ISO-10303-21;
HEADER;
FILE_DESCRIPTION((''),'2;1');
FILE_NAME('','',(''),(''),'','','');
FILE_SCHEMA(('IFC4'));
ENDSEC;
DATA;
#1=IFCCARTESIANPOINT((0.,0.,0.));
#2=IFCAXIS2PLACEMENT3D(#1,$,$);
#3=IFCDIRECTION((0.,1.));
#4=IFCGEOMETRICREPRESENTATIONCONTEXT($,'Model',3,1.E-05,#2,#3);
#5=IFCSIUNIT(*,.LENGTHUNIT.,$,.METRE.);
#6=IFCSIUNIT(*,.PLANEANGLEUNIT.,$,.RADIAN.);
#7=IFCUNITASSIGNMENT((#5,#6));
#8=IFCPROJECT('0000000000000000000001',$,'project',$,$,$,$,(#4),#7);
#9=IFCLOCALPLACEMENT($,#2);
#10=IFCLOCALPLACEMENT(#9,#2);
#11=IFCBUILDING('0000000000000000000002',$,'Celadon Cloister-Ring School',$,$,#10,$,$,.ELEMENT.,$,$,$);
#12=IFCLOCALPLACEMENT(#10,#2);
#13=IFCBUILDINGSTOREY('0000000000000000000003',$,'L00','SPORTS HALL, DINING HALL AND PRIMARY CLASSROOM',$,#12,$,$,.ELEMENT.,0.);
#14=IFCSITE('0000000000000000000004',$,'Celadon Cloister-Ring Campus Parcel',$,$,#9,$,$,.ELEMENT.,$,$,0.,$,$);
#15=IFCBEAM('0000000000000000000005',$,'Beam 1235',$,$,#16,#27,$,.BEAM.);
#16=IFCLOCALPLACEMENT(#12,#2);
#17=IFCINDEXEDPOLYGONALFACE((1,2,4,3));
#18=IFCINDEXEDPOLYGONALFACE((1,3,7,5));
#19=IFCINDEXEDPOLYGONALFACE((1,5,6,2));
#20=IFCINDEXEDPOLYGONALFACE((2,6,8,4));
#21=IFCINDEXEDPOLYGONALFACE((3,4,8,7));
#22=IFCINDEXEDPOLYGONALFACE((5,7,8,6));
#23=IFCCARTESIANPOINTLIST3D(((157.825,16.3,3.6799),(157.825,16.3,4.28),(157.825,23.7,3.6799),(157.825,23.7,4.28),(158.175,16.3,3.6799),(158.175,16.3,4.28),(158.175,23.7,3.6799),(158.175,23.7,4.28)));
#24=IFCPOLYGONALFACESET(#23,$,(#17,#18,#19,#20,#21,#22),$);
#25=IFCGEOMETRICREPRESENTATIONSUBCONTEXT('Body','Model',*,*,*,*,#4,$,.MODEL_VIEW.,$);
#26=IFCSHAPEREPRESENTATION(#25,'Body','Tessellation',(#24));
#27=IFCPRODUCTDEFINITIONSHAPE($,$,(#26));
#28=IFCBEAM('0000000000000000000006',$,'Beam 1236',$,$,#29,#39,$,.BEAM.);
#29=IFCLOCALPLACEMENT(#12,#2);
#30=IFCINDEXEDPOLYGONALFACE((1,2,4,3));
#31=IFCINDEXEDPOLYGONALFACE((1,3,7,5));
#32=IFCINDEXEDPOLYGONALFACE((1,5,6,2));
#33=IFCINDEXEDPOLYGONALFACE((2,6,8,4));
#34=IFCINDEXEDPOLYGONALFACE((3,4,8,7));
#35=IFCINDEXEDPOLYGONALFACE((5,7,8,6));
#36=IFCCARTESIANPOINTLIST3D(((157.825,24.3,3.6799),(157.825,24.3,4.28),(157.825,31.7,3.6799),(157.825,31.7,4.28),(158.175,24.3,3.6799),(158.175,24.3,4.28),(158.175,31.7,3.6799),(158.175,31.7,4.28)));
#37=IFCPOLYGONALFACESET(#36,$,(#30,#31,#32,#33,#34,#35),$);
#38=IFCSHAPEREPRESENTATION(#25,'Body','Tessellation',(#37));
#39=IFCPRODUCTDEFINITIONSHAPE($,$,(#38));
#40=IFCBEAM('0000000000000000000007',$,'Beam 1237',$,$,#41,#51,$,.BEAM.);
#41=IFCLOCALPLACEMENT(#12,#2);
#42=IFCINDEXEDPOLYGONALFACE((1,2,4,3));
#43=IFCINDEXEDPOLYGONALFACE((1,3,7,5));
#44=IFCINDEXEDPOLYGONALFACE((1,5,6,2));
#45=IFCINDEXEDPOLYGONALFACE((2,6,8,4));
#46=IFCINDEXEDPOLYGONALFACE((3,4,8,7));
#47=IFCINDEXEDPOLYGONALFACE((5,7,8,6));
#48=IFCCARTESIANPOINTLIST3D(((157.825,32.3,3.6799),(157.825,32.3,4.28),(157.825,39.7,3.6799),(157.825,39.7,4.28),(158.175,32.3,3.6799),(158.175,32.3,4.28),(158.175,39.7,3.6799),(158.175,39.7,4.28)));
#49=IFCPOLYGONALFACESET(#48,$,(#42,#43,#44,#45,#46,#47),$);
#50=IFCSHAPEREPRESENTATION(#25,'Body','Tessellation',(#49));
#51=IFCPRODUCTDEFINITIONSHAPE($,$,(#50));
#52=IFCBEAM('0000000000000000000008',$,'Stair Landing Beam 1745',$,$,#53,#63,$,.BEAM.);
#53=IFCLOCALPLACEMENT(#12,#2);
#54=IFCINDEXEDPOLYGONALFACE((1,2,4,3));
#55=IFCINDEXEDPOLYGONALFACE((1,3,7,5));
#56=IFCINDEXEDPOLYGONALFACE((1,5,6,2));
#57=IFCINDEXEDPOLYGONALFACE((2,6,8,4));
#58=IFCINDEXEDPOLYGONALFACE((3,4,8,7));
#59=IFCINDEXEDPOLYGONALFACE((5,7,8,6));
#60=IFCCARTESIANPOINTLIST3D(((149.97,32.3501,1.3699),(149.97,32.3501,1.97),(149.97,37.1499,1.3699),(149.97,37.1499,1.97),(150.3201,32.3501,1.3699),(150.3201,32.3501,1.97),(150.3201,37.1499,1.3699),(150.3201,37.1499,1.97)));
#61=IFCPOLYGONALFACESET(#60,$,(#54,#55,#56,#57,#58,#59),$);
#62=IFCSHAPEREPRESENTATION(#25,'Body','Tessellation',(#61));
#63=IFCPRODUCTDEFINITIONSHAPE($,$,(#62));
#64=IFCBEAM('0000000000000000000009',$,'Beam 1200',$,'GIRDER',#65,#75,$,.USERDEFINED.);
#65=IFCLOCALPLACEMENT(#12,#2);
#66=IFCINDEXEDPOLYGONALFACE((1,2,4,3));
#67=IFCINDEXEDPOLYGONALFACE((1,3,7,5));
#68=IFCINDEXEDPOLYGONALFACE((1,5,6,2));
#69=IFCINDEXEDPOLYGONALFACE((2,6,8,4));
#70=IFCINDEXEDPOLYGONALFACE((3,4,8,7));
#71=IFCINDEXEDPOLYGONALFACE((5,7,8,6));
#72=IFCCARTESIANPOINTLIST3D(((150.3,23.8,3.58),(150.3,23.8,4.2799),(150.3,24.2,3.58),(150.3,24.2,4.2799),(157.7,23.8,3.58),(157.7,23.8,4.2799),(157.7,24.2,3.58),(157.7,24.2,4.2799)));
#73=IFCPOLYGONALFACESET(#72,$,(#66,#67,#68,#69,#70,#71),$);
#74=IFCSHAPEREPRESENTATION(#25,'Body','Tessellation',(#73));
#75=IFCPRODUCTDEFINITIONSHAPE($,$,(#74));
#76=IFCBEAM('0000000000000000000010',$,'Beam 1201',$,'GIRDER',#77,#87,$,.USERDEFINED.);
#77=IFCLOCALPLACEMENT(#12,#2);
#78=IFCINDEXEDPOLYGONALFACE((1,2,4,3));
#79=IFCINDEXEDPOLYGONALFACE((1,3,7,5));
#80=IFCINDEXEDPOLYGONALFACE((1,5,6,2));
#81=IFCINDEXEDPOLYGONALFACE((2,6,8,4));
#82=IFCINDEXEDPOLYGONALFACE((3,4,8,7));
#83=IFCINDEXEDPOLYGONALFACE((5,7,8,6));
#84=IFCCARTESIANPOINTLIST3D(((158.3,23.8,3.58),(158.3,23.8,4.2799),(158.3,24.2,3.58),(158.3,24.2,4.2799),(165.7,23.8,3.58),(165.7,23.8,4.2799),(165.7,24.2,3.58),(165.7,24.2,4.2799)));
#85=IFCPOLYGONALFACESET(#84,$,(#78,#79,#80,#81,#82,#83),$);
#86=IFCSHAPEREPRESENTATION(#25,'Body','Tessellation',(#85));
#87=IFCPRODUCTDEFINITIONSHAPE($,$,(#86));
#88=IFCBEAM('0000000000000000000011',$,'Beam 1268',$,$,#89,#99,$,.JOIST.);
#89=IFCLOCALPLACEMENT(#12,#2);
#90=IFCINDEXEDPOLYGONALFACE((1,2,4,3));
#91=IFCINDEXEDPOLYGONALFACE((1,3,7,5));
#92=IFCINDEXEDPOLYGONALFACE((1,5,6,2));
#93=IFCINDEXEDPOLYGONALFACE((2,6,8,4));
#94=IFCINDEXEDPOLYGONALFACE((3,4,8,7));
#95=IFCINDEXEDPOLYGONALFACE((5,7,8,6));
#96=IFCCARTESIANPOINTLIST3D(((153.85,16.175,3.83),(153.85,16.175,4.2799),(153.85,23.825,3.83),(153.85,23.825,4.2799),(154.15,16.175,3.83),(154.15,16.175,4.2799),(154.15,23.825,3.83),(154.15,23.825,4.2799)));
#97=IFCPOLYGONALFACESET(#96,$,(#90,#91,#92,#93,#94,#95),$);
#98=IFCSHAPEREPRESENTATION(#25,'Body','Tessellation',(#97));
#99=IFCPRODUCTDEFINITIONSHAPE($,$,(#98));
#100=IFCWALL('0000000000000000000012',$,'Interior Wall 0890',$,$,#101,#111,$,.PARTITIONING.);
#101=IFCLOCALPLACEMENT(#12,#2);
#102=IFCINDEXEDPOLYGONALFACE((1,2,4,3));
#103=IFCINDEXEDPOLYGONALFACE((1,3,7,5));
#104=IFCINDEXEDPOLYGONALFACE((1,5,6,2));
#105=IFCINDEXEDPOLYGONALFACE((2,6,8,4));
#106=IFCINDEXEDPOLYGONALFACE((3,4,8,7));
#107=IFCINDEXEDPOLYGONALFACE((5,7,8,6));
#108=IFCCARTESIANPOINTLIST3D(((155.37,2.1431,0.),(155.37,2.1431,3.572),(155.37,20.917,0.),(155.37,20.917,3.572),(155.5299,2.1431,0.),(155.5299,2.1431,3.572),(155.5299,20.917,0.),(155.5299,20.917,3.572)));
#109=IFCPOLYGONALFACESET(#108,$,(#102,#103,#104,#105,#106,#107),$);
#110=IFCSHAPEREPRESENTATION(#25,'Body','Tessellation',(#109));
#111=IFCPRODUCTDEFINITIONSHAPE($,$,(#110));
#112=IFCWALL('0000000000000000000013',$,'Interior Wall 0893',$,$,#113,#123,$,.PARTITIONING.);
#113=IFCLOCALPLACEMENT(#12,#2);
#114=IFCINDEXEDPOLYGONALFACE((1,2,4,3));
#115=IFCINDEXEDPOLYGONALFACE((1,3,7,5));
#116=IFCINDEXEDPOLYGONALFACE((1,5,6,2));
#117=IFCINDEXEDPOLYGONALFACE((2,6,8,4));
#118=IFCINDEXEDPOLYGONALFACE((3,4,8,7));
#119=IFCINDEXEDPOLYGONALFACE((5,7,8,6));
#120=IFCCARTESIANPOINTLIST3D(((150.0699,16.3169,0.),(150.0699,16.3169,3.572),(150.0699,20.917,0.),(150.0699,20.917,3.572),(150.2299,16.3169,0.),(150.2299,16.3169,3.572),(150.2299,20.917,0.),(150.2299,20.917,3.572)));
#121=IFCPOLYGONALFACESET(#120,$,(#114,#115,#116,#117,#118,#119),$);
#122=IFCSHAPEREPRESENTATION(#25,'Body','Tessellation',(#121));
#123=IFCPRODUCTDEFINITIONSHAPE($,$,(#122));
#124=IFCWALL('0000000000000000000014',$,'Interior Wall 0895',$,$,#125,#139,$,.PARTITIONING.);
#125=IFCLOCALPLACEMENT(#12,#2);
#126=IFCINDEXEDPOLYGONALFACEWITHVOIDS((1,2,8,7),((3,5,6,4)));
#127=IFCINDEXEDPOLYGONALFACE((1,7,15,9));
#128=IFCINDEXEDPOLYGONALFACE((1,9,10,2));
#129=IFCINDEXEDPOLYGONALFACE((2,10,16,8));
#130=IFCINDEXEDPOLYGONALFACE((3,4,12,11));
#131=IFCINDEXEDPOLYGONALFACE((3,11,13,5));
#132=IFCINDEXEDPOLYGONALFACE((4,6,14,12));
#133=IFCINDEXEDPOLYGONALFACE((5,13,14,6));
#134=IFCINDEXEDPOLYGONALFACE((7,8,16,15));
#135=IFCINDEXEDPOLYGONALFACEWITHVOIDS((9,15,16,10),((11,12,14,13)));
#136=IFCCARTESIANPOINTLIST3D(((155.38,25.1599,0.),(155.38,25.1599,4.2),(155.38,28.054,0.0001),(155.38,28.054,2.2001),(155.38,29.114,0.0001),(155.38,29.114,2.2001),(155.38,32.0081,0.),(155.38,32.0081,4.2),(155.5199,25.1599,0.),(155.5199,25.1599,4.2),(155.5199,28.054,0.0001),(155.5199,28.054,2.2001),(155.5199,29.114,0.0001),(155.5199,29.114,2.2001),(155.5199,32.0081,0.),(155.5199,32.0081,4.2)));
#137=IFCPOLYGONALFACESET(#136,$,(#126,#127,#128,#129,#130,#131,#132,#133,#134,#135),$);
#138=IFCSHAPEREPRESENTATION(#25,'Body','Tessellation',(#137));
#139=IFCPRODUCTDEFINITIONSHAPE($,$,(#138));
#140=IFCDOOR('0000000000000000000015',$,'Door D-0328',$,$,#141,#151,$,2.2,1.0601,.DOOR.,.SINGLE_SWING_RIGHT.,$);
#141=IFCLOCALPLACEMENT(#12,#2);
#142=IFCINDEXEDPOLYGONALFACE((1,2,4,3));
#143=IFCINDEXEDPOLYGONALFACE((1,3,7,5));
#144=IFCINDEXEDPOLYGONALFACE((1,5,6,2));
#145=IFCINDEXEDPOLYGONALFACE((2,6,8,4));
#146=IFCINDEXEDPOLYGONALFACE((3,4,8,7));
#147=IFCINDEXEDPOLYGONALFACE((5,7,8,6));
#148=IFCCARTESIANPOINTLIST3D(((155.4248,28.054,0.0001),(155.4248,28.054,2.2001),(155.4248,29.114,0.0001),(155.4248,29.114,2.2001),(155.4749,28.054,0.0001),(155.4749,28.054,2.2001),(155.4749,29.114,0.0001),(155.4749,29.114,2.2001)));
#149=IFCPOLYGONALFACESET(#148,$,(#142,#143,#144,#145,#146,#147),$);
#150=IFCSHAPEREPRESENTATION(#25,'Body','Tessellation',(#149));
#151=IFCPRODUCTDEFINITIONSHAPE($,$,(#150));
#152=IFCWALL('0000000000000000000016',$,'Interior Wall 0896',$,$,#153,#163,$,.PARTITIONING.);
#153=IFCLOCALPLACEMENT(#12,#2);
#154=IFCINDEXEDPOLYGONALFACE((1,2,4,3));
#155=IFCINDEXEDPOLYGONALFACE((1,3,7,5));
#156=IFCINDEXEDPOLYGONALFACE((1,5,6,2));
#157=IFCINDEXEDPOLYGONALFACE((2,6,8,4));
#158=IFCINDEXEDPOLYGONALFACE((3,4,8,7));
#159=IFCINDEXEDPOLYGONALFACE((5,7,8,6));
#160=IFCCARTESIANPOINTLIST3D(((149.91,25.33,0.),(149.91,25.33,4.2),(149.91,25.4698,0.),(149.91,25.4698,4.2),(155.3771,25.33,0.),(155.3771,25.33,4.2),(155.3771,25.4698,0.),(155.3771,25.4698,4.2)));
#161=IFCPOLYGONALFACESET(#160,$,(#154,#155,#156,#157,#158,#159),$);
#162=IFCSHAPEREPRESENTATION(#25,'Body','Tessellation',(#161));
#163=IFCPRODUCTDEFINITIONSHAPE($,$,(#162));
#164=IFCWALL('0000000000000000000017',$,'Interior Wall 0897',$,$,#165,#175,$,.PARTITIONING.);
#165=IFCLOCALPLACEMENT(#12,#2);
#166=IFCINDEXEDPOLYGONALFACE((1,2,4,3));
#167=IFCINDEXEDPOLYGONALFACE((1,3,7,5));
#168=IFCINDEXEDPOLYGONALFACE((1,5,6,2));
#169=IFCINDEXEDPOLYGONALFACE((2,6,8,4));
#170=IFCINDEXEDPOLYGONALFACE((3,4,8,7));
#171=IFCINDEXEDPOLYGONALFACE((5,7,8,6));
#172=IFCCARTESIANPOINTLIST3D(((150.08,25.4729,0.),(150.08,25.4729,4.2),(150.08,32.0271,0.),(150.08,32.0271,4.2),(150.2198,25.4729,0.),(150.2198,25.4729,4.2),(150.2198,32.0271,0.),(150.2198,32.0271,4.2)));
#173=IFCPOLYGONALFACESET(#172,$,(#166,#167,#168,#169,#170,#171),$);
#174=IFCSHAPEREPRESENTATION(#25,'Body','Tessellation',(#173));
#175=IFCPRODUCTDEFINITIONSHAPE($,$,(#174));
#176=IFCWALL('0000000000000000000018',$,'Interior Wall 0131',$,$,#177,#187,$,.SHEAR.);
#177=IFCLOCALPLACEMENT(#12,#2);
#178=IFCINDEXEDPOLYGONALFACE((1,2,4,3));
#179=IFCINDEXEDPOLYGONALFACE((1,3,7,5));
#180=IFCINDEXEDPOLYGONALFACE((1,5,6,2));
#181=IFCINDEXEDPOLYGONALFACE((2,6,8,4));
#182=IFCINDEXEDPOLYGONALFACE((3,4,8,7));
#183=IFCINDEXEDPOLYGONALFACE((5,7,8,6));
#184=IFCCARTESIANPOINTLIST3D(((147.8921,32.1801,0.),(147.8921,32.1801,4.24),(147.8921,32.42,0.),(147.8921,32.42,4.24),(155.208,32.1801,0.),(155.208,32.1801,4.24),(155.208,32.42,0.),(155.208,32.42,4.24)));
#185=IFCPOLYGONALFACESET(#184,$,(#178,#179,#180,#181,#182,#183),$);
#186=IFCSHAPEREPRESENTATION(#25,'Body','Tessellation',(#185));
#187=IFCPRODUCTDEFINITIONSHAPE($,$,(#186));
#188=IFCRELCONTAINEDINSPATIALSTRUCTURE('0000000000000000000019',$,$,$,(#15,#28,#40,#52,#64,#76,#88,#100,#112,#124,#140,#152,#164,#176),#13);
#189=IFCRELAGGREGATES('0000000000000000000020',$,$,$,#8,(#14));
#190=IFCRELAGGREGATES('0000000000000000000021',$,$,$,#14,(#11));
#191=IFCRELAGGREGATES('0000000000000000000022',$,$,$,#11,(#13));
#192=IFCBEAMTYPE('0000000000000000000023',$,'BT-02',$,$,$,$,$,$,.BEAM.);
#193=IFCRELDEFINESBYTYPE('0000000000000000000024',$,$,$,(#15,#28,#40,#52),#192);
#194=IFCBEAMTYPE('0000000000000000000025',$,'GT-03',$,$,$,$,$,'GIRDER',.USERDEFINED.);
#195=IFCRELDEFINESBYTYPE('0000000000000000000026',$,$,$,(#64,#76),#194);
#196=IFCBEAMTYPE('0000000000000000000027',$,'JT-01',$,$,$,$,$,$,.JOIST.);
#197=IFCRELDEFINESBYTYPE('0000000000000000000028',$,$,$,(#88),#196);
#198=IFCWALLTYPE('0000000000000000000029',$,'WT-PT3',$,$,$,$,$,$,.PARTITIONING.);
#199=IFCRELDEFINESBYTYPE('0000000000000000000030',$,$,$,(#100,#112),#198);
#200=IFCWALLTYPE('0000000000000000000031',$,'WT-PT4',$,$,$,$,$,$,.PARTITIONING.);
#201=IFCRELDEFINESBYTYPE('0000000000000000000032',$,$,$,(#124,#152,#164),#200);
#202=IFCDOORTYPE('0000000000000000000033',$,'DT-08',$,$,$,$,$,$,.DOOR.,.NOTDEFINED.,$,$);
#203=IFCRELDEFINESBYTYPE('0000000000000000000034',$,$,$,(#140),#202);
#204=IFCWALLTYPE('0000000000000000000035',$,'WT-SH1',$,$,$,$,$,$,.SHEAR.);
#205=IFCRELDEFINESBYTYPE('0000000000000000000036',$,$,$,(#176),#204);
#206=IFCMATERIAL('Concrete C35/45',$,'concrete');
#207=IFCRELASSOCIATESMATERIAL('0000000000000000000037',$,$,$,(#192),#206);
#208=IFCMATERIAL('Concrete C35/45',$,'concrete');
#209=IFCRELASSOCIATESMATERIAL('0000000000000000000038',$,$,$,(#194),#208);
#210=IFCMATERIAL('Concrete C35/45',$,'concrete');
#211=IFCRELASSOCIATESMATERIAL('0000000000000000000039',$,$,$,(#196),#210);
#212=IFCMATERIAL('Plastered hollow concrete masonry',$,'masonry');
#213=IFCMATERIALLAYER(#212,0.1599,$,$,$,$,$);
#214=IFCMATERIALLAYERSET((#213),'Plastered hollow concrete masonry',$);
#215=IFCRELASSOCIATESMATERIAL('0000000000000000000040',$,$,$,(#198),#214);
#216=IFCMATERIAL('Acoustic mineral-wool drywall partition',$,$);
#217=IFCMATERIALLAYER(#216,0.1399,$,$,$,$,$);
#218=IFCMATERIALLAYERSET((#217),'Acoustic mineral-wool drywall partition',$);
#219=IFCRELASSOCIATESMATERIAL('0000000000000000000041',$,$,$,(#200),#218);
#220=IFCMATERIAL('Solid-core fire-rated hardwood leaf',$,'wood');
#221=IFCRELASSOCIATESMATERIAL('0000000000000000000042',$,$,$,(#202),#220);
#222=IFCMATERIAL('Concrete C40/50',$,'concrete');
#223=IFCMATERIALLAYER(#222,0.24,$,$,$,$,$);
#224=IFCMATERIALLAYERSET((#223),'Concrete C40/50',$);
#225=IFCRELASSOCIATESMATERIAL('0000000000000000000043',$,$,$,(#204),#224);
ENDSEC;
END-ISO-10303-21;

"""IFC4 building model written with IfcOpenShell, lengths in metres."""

from ifc_helpers import new_model, si_unit, direction, frame, frame_2d, origin, origin_2d, place, context, subcontext, project, spatial, rectangle, extrude, material, layer, layer_set, material_profile, profile_set, type_object, element, fill, save


model = new_model("IFC4")

# Units and contexts
model_context = context("Model", 3, precision=1e-05, world=origin(), true_north=direction((0.0, 1.0)))
body_context = subcontext(model_context, "Body", "Model", "MODEL_VIEW")
ifc_project = project(units=[si_unit("LENGTHUNIT", "METRE"), si_unit("PLANEANGLEUNIT", "RADIAN")], contexts=[model_context])

# Site, building, storey
site_placement = place(None, origin())
site = spatial("IfcSite", under=ifc_project, at=site_placement, Name="Celadon Cloister-Ring Campus Parcel", CompositionType="ELEMENT", RefElevation=0.0)
building_placement = place(site_placement, origin())
building = spatial("IfcBuilding", under=site, at=building_placement, Name="Celadon Cloister-Ring School", CompositionType="ELEMENT")
storey_placement = place(building_placement, origin())
storey = spatial("IfcBuildingStorey", under=building, at=storey_placement, Name="L00", Description="SPORTS HALL, DINING HALL AND PRIMARY CLASSROOM", CompositionType="ELEMENT", Elevation=0.0)

# Beams
ifc_material_1 = material(Name="Concrete C35/45", Category="concrete")
ifc_material_profile_1 = material_profile(ifc_material_1, rectangle(XDim=0.3501, YDim=0.6001, at=origin_2d()), Name="RC350X600")
ifc_profile_set_1 = profile_set([ifc_material_profile_1], Name="Concrete C35/45")
beam_type_1 = type_object("IfcBeamType", Name="BT-02", PredefinedType="BEAM", material=ifc_profile_set_1)
for number, where, z_axis, x_axis, name in (
    (1, (158.0, 16.3, 3.98), (0.0, 1.0, 0.0), (-1.0, 0.0, 0.0), "Beam 1235"),
    (2, (158.0, 24.3, 3.98), (0.0, 1.0, 0.0), (-1.0, 0.0, 0.0), "Beam 1236"),
    (3, (158.0, 32.3, 3.98), (0.0, 1.0, 0.0), (-1.0, 0.0, 0.0), "Beam 1237"),
):
    element("IfcBeam", number, at=place(storey_placement, frame(where, z_axis=z_axis, x_axis=x_axis)), inside=storey, type_object=beam_type_1, Name=name, PredefinedType="BEAM", context=body_context, shape_type="SweptSolid", body=[
        extrude(rectangle(XDim=0.3501, YDim=0.6001, at=origin_2d()), origin(), (0.0, 0.0, 1.0), 7.3999),
    ])
beam_1_placement = place(storey_placement, frame((150.145, 32.3501, 1.6699), z_axis=(0.0, 1.0, 0.0), x_axis=(-1.0, 0.0, 0.0)))
element("IfcBeam", 4, at=beam_1_placement, inside=storey, type_object=beam_type_1, Name="Stair Landing Beam 1745", PredefinedType="BEAM", context=body_context, shape_type="SweptSolid", body=[
    extrude(rectangle(XDim=0.3501, YDim=0.6001, at=origin_2d()), origin(), (0.0, 0.0, 1.0), 4.7998),
])
ifc_material_2 = material(Name="Concrete C35/45", Category="concrete")
ifc_material_profile_2 = material_profile(ifc_material_2, rectangle(XDim=0.3999, YDim=0.7, at=origin_2d()), Name="RC400X700")
ifc_profile_set_2 = profile_set([ifc_material_profile_2], Name="Concrete C35/45")
beam_type_2 = type_object("IfcBeamType", Name="GT-03", ElementType="GIRDER", PredefinedType="USERDEFINED", material=ifc_profile_set_2)
for number, where, z_axis, x_axis, name in (
    (5, (150.3, 24.0, 3.9299), (1.0, 0.0, 0.0), (0.0, 1.0, 0.0), "Beam 1200"),
    (6, (158.3, 24.0, 3.9299), (1.0, 0.0, 0.0), (0.0, 1.0, 0.0), "Beam 1201"),
):
    element("IfcBeam", number, at=place(storey_placement, frame(where, z_axis=z_axis, x_axis=x_axis)), inside=storey, type_object=beam_type_2, Name=name, ObjectType="GIRDER", PredefinedType="USERDEFINED", context=body_context, shape_type="SweptSolid", body=[
        extrude(rectangle(XDim=0.3999, YDim=0.7, at=origin_2d()), origin(), (0.0, 0.0, 1.0), 7.3999),
    ])
ifc_material_3 = material(Name="Concrete C35/45", Category="concrete")
ifc_material_profile_3 = material_profile(ifc_material_3, rectangle(XDim=0.3, YDim=0.45, at=origin_2d()), Name="RC300X450")
ifc_profile_set_3 = profile_set([ifc_material_profile_3], Name="Concrete C35/45")
beam_type_3 = type_object("IfcBeamType", Name="JT-01", PredefinedType="JOIST", material=ifc_profile_set_3)
beam_2_placement = place(storey_placement, frame((154.0, 16.175, 4.0549), z_axis=(0.0, 1.0, 0.0), x_axis=(-1.0, 0.0, 0.0)))
element("IfcBeam", 7, at=beam_2_placement, inside=storey, type_object=beam_type_3, Name="Beam 1268", PredefinedType="JOIST", context=body_context, shape_type="SweptSolid", body=[
    extrude(rectangle(XDim=0.3, YDim=0.45, at=origin_2d()), origin(), (0.0, 0.0, 1.0), 7.6499),
])

# Walls
ifc_material_4 = material(Name="Plastered hollow concrete masonry", Category="masonry")
ifc_layer_1 = layer(ifc_material_4, 0.1599)
ifc_layer_set_1 = layer_set([ifc_layer_1], Name="Plastered hollow concrete masonry")
wall_type_1 = type_object("IfcWallType", Name="WT-PT3", PredefinedType="PARTITIONING", material=ifc_layer_set_1)
wall_1_placement = place(storey_placement, frame((155.45, 20.917, 0.0), z_axis=(0.0, 0.0, 1.0), x_axis=(0.0, -1.0, 0.0)))
element("IfcWall", 8, at=wall_1_placement, inside=storey, type_object=wall_type_1, Name="Interior Wall 0890", PredefinedType="PARTITIONING", context=body_context, shape_type="SweptSolid", body=[
    extrude(rectangle(XDim=18.7739, YDim=0.1599, at=frame_2d((9.387, 0.0))), origin(), (0.0, 0.0, 1.0), 3.572),
])
wall_2_placement = place(storey_placement, frame((150.1499, 16.3169, 0.0), z_axis=(0.0, 0.0, 1.0), x_axis=(0.0, 1.0, 0.0)))
element("IfcWall", 9, at=wall_2_placement, inside=storey, type_object=wall_type_1, Name="Interior Wall 0893", PredefinedType="PARTITIONING", context=body_context, shape_type="SweptSolid", body=[
    extrude(rectangle(XDim=4.6001, YDim=0.1599, at=frame_2d((2.3, 0.0))), origin(), (0.0, 0.0, 1.0), 3.572),
])

# Wall, opening, door
ifc_material_5 = material(Name="Acoustic mineral-wool drywall partition")
ifc_layer_2 = layer(ifc_material_5, 0.1399)
ifc_layer_set_2 = layer_set([ifc_layer_2], Name="Acoustic mineral-wool drywall partition")
wall_type_2 = type_object("IfcWallType", Name="WT-PT4", PredefinedType="PARTITIONING", material=ifc_layer_set_2)
wall_3_placement = place(storey_placement, frame((155.45, 32.0081, 0.0), z_axis=(0.0, 0.0, 1.0), x_axis=(0.0, -1.0, 0.0)))
wall_3 = element("IfcWall", 10, at=wall_3_placement, inside=storey, type_object=wall_type_2, Name="Interior Wall 0895", PredefinedType="PARTITIONING", context=body_context, shape_type="SweptSolid", body=[
    extrude(rectangle(XDim=6.8481, YDim=0.1399, at=frame_2d((3.4241, 0.0))), origin(), (0.0, 0.0, 1.0), 4.2),
])
opening_placement = place(wall_3_placement, frame((2.894, 0.0, 0.0)))
opening = element("IfcOpeningElement", 11, at=opening_placement, cuts=wall_3, PredefinedType="OPENING", context=body_context, shape_type="SweptSolid", body=[
    extrude(rectangle(XDim=1.0601, YDim=2.2, at=frame_2d((0.53, 1.1001))), frame((0.0, 0.0801, 0.0), z_axis=(0.0, -1.0, 0.0), x_axis=(1.0, 0.0, 0.0)), (0.0, 0.0, 1.0), 0.1599),
])
ifc_material_6 = material(Name="Solid-core fire-rated hardwood leaf", Category="wood")
door_type = type_object("IfcDoorType", Name="DT-08", OperationType="NOTDEFINED", PredefinedType="DOOR", material=ifc_material_6)
door_placement = place(opening_placement, origin())
door = element("IfcDoor", 12, at=door_placement, inside=storey, type_object=door_type, Name="Door D-0328", OperationType="SINGLE_SWING_RIGHT", OverallHeight=2.2, OverallWidth=1.0601, PredefinedType="DOOR", context=body_context, shape_type="SweptSolid", body=[
    extrude(rectangle(XDim=1.0601, YDim=2.2, at=frame_2d((0.53, 1.1001))), frame((0.0, 0.0249, 0.0), z_axis=(0.0, -1.0, 0.0), x_axis=(1.0, 0.0, 0.0)), (0.0, 0.0, 1.0), 0.05),
])
fill(opening, door)

# Walls
wall_4_placement = place(storey_placement, frame((155.377, 25.3999, 0.0), z_axis=(0.0, 0.0, 1.0), x_axis=(-1.0, 0.0, 0.0)))
element("IfcWall", 13, at=wall_4_placement, inside=storey, type_object=wall_type_2, Name="Interior Wall 0896", PredefinedType="PARTITIONING", context=body_context, shape_type="SweptSolid", body=[
    extrude(rectangle(XDim=5.467, YDim=0.1399, at=frame_2d((2.7334, 0.0))), origin(), (0.0, 0.0, 1.0), 4.2),
])
wall_5_placement = place(storey_placement, frame((150.1499, 25.4729, 0.0), z_axis=(0.0, 0.0, 1.0), x_axis=(0.0, 1.0, 0.0)))
element("IfcWall", 14, at=wall_5_placement, inside=storey, type_object=wall_type_2, Name="Interior Wall 0897", PredefinedType="PARTITIONING", context=body_context, shape_type="SweptSolid", body=[
    extrude(rectangle(XDim=6.5542, YDim=0.1399, at=frame_2d((3.2771, 0.0))), origin(), (0.0, 0.0, 1.0), 4.2),
])
ifc_material_7 = material(Name="Concrete C40/50", Category="concrete")
ifc_layer_3 = layer(ifc_material_7, 0.24)
ifc_layer_set_3 = layer_set([ifc_layer_3], Name="Concrete C40/50")
wall_type_3 = type_object("IfcWallType", Name="WT-SH1", PredefinedType="SHEAR", material=ifc_layer_set_3)
wall_6_placement = place(storey_placement, frame((155.208, 32.3, 0.0), z_axis=(0.0, 0.0, 1.0), x_axis=(-1.0, 0.0, 0.0)))
element("IfcWall", 15, at=wall_6_placement, inside=storey, type_object=wall_type_3, Name="Interior Wall 0131", PredefinedType="SHEAR", context=body_context, shape_type="SweptSolid", body=[
    extrude(rectangle(XDim=7.3159, YDim=0.24, at=frame_2d((3.658, 0.0))), origin(), (0.0, 0.0, 1.0), 4.24),
])

save(model, "model.ifc")
